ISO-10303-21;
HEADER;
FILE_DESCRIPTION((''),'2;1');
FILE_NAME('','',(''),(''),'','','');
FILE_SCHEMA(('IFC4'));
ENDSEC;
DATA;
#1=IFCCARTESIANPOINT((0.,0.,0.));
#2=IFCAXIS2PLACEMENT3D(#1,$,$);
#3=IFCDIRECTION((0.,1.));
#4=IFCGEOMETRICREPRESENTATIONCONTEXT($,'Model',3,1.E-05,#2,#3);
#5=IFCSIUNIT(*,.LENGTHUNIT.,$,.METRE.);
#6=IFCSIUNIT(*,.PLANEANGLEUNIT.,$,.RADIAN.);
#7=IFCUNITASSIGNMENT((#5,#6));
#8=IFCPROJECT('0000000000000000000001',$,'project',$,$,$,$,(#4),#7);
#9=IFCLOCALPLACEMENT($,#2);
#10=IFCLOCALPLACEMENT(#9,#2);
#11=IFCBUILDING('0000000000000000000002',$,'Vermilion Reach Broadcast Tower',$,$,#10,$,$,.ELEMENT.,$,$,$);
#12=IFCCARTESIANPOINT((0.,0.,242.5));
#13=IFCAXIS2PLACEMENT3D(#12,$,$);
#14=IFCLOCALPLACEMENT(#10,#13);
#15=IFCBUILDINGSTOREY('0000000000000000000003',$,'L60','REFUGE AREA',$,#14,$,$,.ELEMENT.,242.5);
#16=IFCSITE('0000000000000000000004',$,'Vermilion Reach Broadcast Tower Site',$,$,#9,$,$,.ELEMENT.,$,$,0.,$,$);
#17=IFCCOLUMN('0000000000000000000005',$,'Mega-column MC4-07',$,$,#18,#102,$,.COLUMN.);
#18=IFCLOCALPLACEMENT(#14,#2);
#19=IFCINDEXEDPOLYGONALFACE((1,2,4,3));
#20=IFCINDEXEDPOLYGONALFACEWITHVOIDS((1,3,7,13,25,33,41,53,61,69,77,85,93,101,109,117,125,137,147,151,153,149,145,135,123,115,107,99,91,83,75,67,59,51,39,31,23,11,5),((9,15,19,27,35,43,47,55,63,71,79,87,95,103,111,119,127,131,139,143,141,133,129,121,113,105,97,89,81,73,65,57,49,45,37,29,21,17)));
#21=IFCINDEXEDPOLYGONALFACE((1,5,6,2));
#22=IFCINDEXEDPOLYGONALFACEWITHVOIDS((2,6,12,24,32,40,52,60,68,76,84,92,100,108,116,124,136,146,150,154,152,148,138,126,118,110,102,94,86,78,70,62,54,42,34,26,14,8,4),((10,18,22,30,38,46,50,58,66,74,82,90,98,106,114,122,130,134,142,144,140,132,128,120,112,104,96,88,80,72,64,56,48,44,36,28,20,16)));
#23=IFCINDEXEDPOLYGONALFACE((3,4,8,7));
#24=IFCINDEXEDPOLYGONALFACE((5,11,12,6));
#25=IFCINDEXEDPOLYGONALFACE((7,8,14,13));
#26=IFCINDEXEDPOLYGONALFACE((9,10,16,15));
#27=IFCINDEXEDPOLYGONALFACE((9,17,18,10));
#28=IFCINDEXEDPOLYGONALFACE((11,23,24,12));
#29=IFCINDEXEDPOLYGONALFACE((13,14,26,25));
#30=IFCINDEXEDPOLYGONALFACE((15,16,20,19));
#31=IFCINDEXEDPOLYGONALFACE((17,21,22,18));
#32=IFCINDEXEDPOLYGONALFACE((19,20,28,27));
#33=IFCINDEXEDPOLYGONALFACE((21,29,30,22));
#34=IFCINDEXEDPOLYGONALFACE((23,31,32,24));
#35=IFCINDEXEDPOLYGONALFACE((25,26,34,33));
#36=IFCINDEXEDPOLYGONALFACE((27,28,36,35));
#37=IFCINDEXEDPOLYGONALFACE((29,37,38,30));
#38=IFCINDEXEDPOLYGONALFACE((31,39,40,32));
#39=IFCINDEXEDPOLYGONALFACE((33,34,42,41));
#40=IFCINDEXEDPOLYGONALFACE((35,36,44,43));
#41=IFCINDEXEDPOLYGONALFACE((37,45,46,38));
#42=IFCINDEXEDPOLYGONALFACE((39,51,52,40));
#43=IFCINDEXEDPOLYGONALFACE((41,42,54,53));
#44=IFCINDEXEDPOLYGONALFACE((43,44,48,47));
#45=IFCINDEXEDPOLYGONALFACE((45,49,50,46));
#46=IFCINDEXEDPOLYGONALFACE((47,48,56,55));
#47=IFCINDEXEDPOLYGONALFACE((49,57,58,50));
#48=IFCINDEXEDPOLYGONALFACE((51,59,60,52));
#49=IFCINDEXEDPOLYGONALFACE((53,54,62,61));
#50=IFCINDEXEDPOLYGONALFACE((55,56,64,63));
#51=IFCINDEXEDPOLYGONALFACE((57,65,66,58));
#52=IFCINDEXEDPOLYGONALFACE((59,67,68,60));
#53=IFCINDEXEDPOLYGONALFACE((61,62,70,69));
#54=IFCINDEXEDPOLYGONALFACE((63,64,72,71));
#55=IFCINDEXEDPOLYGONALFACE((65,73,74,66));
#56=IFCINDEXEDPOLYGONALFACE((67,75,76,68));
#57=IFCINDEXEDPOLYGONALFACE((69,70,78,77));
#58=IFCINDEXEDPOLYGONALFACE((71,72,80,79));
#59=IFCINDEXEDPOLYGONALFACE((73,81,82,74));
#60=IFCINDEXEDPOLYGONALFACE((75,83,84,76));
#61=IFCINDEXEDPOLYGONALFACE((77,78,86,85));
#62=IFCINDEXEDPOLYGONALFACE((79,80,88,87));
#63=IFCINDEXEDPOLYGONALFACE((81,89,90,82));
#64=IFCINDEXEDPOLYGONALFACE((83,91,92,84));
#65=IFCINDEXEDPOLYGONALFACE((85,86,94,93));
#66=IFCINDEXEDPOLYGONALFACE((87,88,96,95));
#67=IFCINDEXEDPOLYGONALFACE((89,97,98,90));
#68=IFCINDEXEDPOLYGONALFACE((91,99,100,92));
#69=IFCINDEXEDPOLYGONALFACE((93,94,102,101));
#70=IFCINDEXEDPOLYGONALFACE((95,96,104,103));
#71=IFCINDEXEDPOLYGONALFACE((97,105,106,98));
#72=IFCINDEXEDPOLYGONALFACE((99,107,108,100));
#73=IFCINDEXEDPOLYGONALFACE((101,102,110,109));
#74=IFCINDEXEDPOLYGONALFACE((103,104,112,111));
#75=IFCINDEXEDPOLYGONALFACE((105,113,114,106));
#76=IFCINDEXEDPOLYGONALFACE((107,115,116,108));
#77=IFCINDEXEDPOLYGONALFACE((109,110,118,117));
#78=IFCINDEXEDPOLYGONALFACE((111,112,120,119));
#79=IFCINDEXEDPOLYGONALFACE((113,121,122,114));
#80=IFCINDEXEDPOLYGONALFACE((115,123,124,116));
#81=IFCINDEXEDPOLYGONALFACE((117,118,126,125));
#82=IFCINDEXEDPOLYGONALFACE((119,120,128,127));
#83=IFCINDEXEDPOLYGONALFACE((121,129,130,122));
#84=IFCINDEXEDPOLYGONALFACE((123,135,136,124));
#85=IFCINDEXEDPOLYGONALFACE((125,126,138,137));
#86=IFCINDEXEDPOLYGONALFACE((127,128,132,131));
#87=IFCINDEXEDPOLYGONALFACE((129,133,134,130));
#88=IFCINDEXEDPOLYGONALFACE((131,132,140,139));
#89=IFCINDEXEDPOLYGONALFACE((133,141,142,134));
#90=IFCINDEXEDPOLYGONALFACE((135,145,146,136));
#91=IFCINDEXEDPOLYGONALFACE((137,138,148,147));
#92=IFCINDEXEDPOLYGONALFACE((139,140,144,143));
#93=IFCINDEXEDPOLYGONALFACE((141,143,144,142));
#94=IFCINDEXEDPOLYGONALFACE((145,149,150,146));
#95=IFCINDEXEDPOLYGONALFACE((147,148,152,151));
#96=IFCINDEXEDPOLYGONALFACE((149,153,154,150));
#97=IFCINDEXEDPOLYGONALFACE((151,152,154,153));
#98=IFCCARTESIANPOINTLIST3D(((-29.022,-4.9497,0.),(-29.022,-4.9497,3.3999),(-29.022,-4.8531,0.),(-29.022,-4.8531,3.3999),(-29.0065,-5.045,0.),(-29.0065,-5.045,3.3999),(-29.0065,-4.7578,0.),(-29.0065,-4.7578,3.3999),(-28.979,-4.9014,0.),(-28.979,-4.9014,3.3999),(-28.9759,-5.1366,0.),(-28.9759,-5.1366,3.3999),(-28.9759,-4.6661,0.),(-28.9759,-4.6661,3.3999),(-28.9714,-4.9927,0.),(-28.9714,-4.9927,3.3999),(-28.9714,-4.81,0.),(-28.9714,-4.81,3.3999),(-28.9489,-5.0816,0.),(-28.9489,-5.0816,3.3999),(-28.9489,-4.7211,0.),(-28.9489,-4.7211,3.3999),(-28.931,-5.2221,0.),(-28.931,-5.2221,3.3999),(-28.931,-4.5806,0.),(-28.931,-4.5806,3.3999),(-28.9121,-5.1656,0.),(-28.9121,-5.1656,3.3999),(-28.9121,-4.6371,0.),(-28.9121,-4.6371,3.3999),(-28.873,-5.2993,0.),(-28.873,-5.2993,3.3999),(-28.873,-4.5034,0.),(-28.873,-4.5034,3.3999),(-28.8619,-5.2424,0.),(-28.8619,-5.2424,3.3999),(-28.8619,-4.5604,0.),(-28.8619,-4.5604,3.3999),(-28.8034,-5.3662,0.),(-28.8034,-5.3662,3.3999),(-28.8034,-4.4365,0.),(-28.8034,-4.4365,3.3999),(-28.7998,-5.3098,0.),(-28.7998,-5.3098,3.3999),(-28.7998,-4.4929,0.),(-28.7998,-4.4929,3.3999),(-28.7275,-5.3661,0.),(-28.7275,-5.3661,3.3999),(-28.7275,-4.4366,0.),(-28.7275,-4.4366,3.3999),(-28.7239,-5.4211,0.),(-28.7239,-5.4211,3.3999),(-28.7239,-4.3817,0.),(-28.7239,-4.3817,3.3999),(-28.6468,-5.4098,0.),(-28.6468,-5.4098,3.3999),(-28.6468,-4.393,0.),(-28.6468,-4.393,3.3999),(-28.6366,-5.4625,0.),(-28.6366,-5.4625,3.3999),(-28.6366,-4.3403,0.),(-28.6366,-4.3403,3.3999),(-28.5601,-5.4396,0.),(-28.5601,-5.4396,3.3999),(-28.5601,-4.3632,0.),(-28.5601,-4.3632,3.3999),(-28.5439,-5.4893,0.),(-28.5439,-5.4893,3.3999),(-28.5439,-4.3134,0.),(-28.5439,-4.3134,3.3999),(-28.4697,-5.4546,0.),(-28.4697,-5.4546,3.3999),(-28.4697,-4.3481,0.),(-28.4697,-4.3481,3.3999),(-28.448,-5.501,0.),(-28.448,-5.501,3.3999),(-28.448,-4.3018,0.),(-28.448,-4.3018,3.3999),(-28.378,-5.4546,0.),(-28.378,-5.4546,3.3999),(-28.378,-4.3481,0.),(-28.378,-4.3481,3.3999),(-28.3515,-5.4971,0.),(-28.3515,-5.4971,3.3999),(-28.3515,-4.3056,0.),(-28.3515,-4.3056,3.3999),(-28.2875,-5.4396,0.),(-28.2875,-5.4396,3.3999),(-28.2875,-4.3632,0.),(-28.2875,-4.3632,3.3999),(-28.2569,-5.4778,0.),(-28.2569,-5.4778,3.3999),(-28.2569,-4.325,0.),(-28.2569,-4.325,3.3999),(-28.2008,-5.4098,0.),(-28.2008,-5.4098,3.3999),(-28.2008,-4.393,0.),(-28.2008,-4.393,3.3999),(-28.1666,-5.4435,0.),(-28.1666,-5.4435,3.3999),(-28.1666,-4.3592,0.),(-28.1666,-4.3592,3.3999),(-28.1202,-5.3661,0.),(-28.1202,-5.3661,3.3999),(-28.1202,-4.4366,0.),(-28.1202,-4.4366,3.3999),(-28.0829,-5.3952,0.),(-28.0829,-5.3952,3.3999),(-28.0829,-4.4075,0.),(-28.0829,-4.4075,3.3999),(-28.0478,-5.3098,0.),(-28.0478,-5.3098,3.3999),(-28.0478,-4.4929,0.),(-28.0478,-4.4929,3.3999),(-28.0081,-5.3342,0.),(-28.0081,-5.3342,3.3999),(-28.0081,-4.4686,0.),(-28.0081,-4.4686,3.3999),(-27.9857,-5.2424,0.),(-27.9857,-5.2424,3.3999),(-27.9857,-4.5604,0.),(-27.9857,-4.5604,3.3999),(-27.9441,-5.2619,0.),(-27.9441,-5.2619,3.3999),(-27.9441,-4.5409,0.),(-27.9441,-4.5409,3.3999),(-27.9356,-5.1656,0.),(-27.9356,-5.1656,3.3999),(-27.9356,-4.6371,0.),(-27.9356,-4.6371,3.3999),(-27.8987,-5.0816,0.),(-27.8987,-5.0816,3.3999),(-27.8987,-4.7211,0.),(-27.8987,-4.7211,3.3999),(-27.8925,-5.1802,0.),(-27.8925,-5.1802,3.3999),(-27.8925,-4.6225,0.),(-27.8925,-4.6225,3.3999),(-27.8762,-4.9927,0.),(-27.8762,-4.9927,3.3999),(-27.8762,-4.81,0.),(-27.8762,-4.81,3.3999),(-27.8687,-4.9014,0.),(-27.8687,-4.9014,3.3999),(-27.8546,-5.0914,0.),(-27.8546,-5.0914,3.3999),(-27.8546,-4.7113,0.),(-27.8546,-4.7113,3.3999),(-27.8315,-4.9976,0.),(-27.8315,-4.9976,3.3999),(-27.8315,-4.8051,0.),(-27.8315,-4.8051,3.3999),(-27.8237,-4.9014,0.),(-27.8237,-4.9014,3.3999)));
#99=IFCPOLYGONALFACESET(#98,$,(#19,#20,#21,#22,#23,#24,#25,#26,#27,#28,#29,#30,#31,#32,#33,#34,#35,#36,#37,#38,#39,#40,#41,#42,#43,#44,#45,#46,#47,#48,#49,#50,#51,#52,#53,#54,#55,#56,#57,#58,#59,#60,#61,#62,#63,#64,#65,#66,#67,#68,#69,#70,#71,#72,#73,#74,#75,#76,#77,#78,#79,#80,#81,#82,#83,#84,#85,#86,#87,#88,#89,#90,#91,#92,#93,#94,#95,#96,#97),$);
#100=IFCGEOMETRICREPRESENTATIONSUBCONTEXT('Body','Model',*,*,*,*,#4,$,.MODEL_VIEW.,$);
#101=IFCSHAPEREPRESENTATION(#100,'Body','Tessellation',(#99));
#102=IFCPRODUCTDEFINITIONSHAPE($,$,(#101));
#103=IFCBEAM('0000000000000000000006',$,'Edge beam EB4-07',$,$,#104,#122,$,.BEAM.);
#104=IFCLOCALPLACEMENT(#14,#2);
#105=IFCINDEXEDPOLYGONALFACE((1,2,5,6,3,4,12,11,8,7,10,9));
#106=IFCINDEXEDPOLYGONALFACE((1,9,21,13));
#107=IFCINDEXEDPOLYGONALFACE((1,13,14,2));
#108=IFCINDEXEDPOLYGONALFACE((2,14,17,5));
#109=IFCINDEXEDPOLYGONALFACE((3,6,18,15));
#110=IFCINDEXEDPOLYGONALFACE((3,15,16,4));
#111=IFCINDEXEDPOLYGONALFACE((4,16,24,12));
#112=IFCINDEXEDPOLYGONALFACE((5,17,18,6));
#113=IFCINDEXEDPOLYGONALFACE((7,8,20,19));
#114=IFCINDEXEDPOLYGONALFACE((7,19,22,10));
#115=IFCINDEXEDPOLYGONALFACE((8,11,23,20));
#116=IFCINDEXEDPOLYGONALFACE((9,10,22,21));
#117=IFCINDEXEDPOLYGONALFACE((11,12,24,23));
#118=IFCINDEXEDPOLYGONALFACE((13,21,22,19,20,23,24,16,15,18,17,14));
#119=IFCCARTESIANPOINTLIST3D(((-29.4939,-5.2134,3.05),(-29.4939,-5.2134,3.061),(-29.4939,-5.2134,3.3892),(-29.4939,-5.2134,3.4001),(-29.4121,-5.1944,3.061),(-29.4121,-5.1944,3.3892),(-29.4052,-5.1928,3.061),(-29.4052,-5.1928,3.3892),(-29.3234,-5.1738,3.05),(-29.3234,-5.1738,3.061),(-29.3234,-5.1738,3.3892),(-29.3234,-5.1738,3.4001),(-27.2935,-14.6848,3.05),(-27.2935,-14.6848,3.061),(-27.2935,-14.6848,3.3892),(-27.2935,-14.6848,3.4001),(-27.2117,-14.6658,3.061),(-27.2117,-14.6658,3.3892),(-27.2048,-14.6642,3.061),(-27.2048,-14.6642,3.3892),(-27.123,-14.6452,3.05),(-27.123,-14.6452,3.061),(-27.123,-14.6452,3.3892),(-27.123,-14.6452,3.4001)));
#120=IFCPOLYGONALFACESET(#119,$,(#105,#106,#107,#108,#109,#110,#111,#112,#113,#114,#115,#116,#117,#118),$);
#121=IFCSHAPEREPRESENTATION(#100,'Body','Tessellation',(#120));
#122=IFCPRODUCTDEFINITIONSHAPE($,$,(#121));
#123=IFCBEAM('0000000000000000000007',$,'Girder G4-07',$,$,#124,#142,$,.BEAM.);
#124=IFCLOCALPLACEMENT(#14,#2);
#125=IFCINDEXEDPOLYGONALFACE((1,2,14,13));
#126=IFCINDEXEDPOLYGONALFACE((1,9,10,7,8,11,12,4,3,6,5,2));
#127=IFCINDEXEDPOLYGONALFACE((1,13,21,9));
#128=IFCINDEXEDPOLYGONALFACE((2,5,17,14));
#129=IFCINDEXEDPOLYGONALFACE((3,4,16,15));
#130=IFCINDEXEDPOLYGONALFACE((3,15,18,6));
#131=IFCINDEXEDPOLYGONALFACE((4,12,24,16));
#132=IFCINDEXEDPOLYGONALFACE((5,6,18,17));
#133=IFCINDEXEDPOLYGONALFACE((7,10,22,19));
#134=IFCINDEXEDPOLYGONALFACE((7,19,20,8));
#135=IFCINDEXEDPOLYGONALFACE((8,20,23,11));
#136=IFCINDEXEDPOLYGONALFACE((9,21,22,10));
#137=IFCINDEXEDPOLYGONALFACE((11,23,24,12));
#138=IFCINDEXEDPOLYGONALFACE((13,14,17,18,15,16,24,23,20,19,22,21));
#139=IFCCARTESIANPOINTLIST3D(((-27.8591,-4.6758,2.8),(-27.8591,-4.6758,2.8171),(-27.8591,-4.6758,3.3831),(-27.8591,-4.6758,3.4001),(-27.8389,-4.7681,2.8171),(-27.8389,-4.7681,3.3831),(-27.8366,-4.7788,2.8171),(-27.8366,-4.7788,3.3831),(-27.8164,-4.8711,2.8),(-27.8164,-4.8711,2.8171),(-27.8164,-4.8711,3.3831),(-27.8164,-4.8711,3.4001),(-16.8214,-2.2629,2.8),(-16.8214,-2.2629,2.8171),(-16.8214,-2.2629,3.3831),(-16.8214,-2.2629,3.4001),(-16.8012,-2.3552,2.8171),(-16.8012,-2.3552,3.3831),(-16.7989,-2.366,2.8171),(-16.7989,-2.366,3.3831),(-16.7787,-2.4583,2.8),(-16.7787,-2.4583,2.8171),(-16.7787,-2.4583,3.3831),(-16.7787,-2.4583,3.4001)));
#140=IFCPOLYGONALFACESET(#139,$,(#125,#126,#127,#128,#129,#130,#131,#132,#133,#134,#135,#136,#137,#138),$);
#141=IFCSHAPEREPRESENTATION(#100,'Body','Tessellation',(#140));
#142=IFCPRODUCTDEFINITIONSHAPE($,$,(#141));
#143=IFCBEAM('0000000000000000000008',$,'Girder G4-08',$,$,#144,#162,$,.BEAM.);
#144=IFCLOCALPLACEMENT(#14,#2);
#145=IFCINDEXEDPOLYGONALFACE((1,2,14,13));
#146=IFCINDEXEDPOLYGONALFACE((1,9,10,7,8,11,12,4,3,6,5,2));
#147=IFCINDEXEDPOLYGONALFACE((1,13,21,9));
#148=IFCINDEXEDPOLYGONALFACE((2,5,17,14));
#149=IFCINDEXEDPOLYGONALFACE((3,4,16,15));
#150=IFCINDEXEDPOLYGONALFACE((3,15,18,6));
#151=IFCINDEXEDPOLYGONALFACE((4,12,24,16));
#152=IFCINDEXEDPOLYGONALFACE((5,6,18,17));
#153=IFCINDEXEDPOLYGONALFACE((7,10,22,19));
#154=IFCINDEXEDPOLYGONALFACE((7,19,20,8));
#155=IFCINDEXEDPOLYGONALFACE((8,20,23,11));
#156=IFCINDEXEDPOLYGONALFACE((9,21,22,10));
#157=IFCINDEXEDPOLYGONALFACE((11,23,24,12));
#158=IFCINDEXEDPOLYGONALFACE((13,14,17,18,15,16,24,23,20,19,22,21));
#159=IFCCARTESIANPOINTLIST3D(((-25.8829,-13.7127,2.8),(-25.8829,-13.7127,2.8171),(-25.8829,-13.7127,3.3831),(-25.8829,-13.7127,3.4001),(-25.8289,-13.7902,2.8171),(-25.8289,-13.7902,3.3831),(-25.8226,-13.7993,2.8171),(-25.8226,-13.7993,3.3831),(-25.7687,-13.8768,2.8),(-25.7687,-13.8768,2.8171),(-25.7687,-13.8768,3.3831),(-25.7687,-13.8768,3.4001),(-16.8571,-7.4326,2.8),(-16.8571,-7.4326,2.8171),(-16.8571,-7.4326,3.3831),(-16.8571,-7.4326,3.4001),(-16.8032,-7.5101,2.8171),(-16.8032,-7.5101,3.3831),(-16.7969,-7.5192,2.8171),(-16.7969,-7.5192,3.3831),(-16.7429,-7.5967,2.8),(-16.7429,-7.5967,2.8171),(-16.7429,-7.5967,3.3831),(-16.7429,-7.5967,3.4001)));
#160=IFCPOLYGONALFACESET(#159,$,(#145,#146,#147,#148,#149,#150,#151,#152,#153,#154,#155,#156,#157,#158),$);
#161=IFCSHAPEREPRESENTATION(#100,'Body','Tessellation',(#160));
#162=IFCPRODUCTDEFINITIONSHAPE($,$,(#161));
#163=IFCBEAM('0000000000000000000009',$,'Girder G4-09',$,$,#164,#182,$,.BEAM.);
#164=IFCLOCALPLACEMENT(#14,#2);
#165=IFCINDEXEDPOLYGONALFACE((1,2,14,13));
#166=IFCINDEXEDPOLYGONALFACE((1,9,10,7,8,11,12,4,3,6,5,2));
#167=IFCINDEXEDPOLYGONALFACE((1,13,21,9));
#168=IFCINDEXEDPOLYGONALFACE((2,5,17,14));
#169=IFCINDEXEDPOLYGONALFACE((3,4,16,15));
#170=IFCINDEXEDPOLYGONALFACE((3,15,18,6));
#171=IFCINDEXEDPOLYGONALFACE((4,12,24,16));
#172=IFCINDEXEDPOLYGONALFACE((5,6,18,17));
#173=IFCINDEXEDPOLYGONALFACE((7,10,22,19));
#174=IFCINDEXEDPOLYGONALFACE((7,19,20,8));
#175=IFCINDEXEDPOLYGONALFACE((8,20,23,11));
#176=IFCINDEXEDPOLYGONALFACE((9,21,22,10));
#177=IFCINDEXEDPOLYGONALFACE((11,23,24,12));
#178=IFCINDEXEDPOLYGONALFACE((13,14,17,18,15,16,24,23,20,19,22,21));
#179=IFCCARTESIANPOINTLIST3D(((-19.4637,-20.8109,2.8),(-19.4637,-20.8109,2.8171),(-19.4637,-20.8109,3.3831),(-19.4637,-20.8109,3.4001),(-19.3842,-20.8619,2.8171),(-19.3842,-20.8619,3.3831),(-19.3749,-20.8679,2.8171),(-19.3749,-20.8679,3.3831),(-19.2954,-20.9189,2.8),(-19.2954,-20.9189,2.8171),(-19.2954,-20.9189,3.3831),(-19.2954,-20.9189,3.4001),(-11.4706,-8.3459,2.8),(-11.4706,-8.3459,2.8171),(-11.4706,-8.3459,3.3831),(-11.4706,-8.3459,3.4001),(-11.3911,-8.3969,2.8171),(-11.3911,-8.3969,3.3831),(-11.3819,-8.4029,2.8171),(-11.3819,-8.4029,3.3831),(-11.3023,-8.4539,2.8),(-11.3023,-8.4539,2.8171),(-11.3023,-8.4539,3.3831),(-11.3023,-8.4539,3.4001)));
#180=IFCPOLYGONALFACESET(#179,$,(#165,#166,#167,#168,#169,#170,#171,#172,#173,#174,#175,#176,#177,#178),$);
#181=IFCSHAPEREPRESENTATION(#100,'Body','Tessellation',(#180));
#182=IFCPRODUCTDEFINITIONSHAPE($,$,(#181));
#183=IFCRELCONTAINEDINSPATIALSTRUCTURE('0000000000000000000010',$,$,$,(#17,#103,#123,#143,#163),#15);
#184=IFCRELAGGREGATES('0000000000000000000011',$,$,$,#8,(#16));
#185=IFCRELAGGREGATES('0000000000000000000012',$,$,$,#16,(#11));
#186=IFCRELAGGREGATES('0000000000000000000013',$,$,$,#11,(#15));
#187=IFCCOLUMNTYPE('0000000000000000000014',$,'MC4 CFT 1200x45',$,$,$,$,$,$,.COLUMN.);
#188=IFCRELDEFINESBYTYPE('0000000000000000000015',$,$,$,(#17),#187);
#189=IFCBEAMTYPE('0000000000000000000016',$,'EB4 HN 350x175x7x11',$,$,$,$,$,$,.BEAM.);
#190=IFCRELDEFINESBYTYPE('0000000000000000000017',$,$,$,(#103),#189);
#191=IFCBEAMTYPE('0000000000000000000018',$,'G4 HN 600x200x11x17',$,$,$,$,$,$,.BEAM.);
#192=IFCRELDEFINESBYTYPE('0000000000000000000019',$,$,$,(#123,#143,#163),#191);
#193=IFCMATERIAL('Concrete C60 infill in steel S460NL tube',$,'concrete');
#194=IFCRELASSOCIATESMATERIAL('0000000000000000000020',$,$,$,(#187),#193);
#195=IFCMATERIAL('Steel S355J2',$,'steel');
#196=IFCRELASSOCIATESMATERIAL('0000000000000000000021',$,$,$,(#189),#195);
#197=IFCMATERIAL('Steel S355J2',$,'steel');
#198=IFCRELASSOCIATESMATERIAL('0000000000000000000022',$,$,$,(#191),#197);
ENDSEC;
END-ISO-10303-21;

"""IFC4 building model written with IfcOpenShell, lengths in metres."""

from ifc_helpers import new_model, si_unit, direction, frame, origin, origin_2d, place, context, subcontext, project, spatial, hollow_circle, i_section, extrude, material, material_profile, profile_set, type_object, element, save


model = new_model("IFC4")

# Units and contexts
model_context = context("Model", 3, precision=1e-05, world=origin(), true_north=direction((0.0, 1.0)))
body_context = subcontext(model_context, "Body", "Model", "MODEL_VIEW")
ifc_project = project(units=[si_unit("LENGTHUNIT", "METRE"), si_unit("PLANEANGLEUNIT", "RADIAN")], contexts=[model_context])

# Site, building, storey
site_placement = place(None, origin())
site = spatial("IfcSite", under=ifc_project, at=site_placement, Name="Vermilion Reach Broadcast Tower Site", CompositionType="ELEMENT", RefElevation=0.0)
building_placement = place(site_placement, origin())
building = spatial("IfcBuilding", under=site, at=building_placement, Name="Vermilion Reach Broadcast Tower", CompositionType="ELEMENT")
storey_placement = place(building_placement, frame((0.0, 0.0, 242.5)))
storey = spatial("IfcBuildingStorey", under=building, at=storey_placement, Name="L60", Description="REFUGE AREA", CompositionType="ELEMENT", Elevation=242.5)

# Column
ifc_material_1 = material(Name="Concrete C60 infill in steel S460NL tube", Category="concrete")
ifc_material_profile_1 = material_profile(ifc_material_1, hollow_circle(Radius=0.6001, WallThickness=0.0449, at=origin_2d()), Name="Concrete C60 infill in steel S460NL tube CFT 1200x45")
ifc_profile_set_1 = profile_set([ifc_material_profile_1], Name="Concrete C60 infill in steel S460NL tube")
column_type = type_object("IfcColumnType", Name="MC4 CFT 1200x45", PredefinedType="COLUMN", material=ifc_profile_set_1)
column_placement = place(storey_placement, frame((-28.4238, -4.9014, 0.0), z_axis=(0.0, 0.0, 1.0), x_axis=(1.0, 0.0, 0.0)))
element("IfcColumn", 1, at=column_placement, inside=storey, type_object=column_type, Name="Mega-column MC4-07", PredefinedType="COLUMN", context=body_context, shape_type="SweptSolid", body=[
    extrude(hollow_circle(Radius=0.6001, WallThickness=0.0449, at=origin_2d()), origin(), (0.0, 0.0, 1.0), 3.3999),
])

# Beams
ifc_material_2 = material(Name="Steel S355J2", Category="steel")
ifc_material_profile_2 = material_profile(ifc_material_2, i_section(OverallWidth=0.175, OverallDepth=0.3501, WebThickness=0.0071, FlangeThickness=0.011, at=origin_2d()), Name="S355J2 HN 350x175x7x11")
ifc_profile_set_2 = profile_set([ifc_material_profile_2], Name="Steel S355J2")
beam_type_1 = type_object("IfcBeamType", Name="EB4 HN 350x175x7x11", PredefinedType="BEAM", material=ifc_profile_set_2)
beam_1_placement = place(storey_placement, frame((-29.4087, -5.1936, 3.2251), z_axis=(0.226297, -0.974058, 0.0), x_axis=(0.974058, 0.226297, 0.0)))
element("IfcBeam", 2, at=beam_1_placement, inside=storey, type_object=beam_type_1, Name="Edge beam EB4-07", PredefinedType="BEAM", context=body_context, shape_type="SweptSolid", body=[
    extrude(i_section(OverallWidth=0.175, OverallDepth=0.3501, WebThickness=0.0071, FlangeThickness=0.011, at=origin_2d()), origin(), (0.0, 0.0, 1.0), 9.7236),
])
ifc_material_3 = material(Name="Steel S355J2", Category="steel")
ifc_material_profile_3 = material_profile(ifc_material_3, i_section(OverallWidth=0.2, OverallDepth=0.6001, WebThickness=0.011, FlangeThickness=0.0171, at=origin_2d()), Name="S355J2 HN 600x200x11x17")
ifc_profile_set_3 = profile_set([ifc_material_profile_3], Name="Steel S355J2")
beam_type_2 = type_object("IfcBeamType", Name="G4 HN 600x200x11x17", PredefinedType="BEAM", material=ifc_profile_set_3)
beam_2_placement = place(storey_placement, frame((-16.8, -2.3606, 3.1001), z_axis=(-0.97693, -0.213559, 0.0), x_axis=(0.213559, -0.97693, 0.0)))
element("IfcBeam", 3, at=beam_2_placement, inside=storey, type_object=beam_type_2, Name="Girder G4-07", PredefinedType="BEAM", context=body_context, shape_type="SweptSolid", body=[
    extrude(i_section(OverallWidth=0.2, OverallDepth=0.6001, WebThickness=0.011, FlangeThickness=0.0171, at=origin_2d()), origin(), (0.0, 0.0, 1.0), 11.2983),
])
beam_3_placement = place(storey_placement, frame((-16.8, -7.5146, 3.1001), z_axis=(-0.820849, -0.571146, 0.0), x_axis=(0.571146, -0.820849, 0.0)))
element("IfcBeam", 4, at=beam_3_placement, inside=storey, type_object=beam_type_2, Name="Girder G4-08", PredefinedType="BEAM", context=body_context, shape_type="SweptSolid", body=[
    extrude(i_section(OverallWidth=0.2, OverallDepth=0.6001, WebThickness=0.011, FlangeThickness=0.0171, at=origin_2d()), origin(), (0.0, 0.0, 1.0), 10.9956),
])
beam_4_placement = place(storey_placement, frame((-11.3865, -8.3999, 3.1001), z_axis=(-0.539796, -0.841796, 0.0), x_axis=(0.841796, -0.539796, 0.0)))
element("IfcBeam", 5, at=beam_4_placement, inside=storey, type_object=beam_type_2, Name="Girder G4-09", PredefinedType="BEAM", context=body_context, shape_type="SweptSolid", body=[
    extrude(i_section(OverallWidth=0.2, OverallDepth=0.6001, WebThickness=0.011, FlangeThickness=0.0171, at=origin_2d()), origin(), (0.0, 0.0, 1.0), 14.8076),
])

save(model, "model.ifc")
